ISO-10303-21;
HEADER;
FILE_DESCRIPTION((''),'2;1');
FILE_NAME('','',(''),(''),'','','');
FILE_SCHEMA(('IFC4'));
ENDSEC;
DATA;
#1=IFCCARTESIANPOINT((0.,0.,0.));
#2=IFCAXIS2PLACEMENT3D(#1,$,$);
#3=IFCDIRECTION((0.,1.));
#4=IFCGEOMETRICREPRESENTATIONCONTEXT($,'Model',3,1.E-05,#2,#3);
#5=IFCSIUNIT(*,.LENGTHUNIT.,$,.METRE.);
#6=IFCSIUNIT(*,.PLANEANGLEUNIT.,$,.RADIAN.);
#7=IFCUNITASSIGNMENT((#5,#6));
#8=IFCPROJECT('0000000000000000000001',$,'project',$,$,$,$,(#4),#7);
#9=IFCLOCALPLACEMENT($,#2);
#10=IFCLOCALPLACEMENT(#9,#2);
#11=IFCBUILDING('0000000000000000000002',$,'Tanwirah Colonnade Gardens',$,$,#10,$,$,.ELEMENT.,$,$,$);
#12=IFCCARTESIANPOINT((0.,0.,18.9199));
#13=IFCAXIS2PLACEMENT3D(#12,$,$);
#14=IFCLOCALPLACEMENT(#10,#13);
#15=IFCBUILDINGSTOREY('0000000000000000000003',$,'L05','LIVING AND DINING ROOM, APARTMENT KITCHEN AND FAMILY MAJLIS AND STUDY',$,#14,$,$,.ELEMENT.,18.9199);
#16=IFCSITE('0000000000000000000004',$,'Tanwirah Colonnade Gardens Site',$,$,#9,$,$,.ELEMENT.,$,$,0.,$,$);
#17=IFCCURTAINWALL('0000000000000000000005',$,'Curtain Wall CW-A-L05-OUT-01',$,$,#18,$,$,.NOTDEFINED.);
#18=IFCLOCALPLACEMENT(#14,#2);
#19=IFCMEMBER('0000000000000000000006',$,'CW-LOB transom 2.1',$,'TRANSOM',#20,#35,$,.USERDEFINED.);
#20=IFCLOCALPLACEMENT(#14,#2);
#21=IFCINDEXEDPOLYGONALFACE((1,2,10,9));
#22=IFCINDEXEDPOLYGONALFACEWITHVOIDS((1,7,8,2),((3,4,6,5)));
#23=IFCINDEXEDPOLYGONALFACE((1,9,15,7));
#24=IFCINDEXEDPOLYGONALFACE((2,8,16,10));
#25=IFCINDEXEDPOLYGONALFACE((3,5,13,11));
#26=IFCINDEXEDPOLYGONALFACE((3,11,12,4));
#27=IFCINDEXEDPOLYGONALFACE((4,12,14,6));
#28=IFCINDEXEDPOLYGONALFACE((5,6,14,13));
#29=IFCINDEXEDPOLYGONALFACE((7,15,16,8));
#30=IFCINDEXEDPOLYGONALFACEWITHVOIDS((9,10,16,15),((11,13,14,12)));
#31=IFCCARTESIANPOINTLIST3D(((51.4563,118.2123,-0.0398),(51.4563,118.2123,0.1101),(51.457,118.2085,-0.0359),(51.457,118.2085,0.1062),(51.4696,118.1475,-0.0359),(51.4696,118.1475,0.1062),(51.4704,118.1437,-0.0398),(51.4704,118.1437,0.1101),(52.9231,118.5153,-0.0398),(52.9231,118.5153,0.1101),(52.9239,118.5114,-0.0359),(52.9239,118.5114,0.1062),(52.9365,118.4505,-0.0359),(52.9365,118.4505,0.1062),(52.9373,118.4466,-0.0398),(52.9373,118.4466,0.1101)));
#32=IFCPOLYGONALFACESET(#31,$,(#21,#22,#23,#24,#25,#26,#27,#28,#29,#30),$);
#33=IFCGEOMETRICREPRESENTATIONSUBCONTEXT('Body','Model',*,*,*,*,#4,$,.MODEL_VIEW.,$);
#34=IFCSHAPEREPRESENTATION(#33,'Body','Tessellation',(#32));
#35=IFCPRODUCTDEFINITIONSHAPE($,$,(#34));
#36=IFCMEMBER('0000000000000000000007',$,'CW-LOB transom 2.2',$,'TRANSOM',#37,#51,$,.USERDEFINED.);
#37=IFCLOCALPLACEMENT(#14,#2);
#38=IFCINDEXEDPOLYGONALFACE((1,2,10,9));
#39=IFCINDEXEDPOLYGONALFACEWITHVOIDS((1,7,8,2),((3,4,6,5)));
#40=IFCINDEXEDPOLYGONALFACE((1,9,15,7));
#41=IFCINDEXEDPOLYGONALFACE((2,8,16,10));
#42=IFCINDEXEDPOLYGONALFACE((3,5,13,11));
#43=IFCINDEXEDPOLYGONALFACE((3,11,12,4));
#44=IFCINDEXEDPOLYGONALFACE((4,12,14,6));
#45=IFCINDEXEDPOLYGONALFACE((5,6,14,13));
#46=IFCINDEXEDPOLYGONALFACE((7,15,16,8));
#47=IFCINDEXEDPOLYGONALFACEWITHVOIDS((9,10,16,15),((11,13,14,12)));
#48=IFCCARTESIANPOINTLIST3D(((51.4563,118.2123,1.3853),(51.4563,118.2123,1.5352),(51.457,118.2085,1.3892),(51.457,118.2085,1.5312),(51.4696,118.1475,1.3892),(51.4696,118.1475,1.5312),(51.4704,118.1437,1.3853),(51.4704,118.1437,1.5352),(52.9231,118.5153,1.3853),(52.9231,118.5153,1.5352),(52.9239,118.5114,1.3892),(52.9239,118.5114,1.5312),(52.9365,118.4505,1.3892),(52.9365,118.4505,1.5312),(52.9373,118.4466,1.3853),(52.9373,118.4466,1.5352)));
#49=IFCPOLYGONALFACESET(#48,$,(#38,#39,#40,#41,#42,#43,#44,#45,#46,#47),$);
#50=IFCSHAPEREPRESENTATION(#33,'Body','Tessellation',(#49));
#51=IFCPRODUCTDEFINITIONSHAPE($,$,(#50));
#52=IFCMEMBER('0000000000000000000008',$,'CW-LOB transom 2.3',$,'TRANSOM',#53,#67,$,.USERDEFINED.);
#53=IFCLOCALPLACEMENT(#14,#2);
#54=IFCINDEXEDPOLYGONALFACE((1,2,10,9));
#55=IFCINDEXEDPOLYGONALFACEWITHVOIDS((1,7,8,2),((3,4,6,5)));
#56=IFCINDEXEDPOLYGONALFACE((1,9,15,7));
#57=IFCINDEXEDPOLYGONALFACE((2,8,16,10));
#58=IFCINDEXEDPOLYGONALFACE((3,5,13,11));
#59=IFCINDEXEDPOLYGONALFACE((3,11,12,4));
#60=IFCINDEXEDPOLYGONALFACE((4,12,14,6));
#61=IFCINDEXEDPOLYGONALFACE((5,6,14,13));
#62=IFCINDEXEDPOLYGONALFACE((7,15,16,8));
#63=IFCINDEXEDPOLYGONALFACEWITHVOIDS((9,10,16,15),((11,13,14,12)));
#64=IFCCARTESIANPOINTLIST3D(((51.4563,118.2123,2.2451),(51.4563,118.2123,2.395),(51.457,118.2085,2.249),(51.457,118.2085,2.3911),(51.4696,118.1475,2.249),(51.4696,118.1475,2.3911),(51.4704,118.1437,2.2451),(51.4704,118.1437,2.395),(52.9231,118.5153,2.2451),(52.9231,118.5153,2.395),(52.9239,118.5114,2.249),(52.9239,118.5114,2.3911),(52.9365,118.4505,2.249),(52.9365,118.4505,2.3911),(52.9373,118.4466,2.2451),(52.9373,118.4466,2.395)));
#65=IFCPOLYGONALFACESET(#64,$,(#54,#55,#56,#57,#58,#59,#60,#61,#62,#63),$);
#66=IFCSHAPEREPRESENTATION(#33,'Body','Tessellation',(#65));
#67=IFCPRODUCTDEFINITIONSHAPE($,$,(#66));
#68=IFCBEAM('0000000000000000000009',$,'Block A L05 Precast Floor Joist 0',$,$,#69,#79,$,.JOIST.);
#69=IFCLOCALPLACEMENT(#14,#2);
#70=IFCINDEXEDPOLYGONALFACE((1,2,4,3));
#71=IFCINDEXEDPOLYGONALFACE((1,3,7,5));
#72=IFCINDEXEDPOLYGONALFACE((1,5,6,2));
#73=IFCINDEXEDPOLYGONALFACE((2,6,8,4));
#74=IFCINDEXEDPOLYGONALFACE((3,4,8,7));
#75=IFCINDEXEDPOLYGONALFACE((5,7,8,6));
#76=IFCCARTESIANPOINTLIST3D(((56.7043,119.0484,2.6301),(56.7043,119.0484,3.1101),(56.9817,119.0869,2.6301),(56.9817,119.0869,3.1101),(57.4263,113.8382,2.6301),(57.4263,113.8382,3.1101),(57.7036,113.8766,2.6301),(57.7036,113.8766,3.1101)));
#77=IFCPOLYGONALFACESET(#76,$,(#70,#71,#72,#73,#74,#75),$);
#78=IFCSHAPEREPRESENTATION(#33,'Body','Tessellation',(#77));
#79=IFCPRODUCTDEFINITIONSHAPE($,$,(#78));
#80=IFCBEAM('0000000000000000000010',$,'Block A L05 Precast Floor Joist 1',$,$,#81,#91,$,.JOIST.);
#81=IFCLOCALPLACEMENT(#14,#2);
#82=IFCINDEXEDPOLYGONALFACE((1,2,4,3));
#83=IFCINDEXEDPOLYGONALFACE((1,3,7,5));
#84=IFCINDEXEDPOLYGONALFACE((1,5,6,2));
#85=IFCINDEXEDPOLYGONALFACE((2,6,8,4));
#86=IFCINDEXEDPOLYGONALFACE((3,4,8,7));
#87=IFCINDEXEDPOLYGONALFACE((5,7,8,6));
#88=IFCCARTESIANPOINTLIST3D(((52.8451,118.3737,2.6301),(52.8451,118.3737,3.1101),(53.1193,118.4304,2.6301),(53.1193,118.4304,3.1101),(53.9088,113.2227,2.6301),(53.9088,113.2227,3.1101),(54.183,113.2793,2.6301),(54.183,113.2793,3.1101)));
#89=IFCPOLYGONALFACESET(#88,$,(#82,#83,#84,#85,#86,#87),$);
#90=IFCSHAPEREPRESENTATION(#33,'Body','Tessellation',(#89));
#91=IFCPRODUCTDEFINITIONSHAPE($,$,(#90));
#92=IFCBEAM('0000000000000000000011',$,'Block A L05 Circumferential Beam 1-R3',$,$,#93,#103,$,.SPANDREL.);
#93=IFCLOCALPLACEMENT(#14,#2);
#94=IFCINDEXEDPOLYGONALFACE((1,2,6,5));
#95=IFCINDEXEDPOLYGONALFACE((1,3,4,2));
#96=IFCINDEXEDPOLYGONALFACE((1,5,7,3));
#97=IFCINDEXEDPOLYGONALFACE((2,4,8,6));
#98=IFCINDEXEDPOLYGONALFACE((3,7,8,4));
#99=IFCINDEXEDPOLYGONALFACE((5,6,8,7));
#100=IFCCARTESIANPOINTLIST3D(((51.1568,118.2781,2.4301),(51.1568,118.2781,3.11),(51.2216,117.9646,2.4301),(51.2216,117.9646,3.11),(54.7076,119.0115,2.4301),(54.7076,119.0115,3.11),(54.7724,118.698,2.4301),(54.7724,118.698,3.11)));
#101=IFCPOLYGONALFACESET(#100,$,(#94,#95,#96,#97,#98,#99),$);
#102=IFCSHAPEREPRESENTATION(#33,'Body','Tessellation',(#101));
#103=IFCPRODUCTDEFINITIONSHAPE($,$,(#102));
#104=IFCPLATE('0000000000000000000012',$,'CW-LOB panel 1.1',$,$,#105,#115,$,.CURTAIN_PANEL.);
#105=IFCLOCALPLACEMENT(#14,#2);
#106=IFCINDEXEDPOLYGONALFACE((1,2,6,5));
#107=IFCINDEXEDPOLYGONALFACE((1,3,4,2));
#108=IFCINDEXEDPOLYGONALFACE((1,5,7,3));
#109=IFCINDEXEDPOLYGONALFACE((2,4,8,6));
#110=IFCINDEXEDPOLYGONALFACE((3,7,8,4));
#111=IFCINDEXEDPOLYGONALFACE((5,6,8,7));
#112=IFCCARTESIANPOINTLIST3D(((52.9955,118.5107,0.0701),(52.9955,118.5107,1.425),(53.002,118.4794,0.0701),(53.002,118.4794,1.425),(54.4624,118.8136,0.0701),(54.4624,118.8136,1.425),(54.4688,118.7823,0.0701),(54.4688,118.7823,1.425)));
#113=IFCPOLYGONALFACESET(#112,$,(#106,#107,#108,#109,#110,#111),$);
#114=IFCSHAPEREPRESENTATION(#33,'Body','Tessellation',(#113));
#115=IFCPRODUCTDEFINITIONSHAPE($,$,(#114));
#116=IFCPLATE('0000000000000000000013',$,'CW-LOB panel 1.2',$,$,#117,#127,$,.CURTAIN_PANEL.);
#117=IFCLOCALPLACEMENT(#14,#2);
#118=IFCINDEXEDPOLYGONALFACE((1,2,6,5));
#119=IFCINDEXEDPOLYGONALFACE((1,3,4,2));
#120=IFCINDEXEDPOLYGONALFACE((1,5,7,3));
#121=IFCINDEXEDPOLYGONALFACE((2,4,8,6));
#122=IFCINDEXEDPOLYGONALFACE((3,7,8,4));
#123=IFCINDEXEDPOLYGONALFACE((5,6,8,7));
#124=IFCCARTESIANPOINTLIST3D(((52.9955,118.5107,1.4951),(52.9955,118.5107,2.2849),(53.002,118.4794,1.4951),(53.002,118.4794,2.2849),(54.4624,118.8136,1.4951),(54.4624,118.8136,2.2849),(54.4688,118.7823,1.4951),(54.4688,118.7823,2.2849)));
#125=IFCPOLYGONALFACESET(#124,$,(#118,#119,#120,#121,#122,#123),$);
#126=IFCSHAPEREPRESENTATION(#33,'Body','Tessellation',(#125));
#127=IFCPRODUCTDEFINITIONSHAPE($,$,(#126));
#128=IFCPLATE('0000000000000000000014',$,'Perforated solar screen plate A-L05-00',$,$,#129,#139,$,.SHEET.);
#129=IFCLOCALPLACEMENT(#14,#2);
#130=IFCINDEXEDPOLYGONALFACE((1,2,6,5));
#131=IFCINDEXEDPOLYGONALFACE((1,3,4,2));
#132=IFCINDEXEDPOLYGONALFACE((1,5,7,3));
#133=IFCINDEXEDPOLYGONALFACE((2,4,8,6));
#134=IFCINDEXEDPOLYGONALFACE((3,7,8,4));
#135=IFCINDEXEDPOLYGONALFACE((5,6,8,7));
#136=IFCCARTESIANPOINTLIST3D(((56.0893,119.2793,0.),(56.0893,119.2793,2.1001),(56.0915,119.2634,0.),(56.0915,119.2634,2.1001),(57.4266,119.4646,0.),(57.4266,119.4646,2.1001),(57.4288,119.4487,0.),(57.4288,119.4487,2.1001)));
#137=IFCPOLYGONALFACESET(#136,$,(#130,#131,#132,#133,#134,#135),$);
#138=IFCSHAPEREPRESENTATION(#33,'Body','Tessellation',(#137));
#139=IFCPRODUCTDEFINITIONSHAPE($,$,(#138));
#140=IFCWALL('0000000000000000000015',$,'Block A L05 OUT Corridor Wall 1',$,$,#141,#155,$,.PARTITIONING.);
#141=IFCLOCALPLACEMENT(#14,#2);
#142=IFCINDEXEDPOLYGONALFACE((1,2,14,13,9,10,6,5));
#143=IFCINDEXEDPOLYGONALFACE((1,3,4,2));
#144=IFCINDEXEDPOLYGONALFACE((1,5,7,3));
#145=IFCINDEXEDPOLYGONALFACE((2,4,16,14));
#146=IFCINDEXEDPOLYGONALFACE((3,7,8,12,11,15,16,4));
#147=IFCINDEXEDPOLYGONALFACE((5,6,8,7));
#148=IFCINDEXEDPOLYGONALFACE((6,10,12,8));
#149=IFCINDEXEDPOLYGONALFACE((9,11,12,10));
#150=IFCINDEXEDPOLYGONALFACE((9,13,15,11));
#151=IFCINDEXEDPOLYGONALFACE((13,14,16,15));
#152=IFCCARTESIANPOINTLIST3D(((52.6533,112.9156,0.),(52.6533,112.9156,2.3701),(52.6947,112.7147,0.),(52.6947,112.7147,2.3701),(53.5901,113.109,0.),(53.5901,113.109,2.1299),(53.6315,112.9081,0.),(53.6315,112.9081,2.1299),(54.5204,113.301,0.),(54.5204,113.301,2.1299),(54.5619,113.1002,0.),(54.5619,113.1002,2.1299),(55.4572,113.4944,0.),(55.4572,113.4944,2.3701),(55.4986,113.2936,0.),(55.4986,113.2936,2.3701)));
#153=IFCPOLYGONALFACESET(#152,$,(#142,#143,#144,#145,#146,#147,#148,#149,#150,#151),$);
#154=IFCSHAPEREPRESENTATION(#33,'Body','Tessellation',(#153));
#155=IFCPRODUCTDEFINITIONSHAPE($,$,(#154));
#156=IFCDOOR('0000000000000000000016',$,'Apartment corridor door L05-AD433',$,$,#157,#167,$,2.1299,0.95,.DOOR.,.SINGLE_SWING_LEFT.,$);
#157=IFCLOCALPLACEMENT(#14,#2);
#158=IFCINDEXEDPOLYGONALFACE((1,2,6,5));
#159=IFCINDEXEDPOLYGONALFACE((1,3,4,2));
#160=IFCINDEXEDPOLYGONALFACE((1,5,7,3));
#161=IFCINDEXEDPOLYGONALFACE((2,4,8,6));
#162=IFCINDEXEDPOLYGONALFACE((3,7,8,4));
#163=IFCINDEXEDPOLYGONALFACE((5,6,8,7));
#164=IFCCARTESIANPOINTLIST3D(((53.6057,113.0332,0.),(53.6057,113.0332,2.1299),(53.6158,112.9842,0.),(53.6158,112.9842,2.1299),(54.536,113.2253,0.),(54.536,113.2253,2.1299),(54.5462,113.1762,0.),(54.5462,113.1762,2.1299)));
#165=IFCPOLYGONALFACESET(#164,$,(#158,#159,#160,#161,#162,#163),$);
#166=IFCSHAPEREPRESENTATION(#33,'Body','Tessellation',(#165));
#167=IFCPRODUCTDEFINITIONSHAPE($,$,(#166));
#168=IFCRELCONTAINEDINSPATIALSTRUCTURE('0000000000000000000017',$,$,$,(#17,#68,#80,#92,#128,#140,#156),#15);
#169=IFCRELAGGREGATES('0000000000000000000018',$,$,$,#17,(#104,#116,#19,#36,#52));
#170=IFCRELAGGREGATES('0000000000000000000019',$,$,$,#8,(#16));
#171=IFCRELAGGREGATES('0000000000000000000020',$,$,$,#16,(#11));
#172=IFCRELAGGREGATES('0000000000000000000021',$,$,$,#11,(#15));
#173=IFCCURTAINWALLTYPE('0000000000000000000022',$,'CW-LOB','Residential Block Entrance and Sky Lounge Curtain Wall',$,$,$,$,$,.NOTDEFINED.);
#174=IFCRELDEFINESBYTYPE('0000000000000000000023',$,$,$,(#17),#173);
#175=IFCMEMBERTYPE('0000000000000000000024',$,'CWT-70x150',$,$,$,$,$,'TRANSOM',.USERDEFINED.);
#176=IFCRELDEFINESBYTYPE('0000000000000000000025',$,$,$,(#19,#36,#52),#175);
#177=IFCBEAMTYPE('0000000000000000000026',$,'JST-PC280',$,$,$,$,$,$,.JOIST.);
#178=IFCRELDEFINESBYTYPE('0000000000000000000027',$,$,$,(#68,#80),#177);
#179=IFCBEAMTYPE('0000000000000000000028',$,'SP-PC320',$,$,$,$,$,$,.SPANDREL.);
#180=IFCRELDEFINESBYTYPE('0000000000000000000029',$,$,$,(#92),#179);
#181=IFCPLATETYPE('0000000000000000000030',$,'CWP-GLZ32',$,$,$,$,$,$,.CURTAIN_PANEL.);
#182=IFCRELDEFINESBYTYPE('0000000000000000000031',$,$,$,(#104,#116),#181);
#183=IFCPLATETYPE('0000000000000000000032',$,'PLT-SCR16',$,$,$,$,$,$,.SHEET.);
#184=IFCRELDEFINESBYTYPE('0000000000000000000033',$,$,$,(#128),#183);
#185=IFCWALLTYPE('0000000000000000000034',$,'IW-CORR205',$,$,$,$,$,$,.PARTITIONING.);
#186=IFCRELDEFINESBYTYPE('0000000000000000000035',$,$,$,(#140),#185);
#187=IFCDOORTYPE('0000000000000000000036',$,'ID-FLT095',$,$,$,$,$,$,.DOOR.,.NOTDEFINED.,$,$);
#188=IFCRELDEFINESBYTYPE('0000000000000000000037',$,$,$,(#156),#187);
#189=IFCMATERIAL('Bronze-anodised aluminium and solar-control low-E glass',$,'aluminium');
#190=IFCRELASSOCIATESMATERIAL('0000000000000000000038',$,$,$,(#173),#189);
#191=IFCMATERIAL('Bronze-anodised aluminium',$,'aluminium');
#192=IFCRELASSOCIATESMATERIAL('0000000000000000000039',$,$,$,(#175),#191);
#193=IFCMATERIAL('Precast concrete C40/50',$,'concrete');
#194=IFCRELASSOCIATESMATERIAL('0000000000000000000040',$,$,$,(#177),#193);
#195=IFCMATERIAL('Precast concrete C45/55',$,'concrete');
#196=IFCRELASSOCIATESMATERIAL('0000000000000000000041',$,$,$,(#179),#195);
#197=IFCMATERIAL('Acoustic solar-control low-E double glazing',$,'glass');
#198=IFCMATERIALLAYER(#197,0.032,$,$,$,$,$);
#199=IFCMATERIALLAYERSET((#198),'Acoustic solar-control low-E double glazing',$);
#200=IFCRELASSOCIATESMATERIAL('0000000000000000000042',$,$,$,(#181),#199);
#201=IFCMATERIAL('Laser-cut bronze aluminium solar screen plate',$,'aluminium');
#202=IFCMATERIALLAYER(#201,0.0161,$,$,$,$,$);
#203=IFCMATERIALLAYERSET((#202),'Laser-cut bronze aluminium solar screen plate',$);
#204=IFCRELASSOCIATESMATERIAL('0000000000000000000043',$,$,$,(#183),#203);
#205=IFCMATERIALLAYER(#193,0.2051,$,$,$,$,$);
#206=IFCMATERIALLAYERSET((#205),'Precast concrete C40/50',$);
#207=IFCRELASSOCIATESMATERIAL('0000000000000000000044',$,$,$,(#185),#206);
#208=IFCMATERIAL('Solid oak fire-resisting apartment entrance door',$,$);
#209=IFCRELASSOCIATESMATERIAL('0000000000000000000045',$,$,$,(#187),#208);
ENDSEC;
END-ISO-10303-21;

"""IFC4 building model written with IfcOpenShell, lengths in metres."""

from ifc_helpers import new_model, si_unit, direction, frame, frame_2d, origin, origin_2d, place, context, subcontext, project, spatial, rectangle, hollow_rectangle, extrude, material, layer, layer_set, material_profile, profile_set, type_object, element, fill, aggregate, save


model = new_model("IFC4")

# Units and contexts
model_context = context("Model", 3, precision=1e-05, world=origin(), true_north=direction((0.0, 1.0)))
body_context = subcontext(model_context, "Body", "Model", "MODEL_VIEW")
ifc_project = project(units=[si_unit("LENGTHUNIT", "METRE"), si_unit("PLANEANGLEUNIT", "RADIAN")], contexts=[model_context])

# Site, building, storey
site_placement = place(None, origin())
site = spatial("IfcSite", under=ifc_project, at=site_placement, Name="Tanwirah Colonnade Gardens Site", CompositionType="ELEMENT", RefElevation=0.0)
building_placement = place(site_placement, origin())
building = spatial("IfcBuilding", under=site, at=building_placement, Name="Tanwirah Colonnade Gardens", CompositionType="ELEMENT")
storey_placement = place(building_placement, frame((0.0, 0.0, 18.9199)))
storey = spatial("IfcBuildingStorey", under=building, at=storey_placement, Name="L05", Description="LIVING AND DINING ROOM, APARTMENT KITCHEN AND FAMILY MAJLIS AND STUDY", CompositionType="ELEMENT", Elevation=18.9199)

# Shared definitions
ifc_material_1 = material(Name="Precast concrete C45/55", Category="concrete")
ifc_material_2 = material(Name="Precast concrete C40/50", Category="concrete")

# Curtain wall, members
ifc_material_3 = material(Name="Bronze-anodised aluminium and solar-control low-E glass", Category="aluminium")
curtain_wall_type = type_object("IfcCurtainWallType", Name="CW-LOB", Description="Residential Block Entrance and Sky Lounge Curtain Wall", PredefinedType="NOTDEFINED", material=ifc_material_3)
curtain_wall_placement = place(storey_placement, origin())
curtain_wall = element("IfcCurtainWall", 1, at=curtain_wall_placement, inside=storey, type_object=curtain_wall_type, Name="Curtain Wall CW-A-L05-OUT-01", PredefinedType="NOTDEFINED")
ifc_material_4 = material(Name="Bronze-anodised aluminium", Category="aluminium")
ifc_material_profile_1 = material_profile(ifc_material_4, hollow_rectangle(XDim=0.0701, YDim=0.1499, WallThickness=0.0039, at=origin_2d()), Name="CW-TRN 70x150x4")
ifc_profile_set_1 = profile_set([ifc_material_profile_1], Name="Bronze-anodised aluminium")
member_type_1 = type_object("IfcMemberType", Name="CWT-70x150", ElementType="TRANSOM", PredefinedType="USERDEFINED", material=ifc_profile_set_1)
member_1_placement = place(storey_placement, frame((52.9302, 118.481, 0.0352), z_axis=(-0.979326, -0.202288, 0.0), x_axis=(0.202288, -0.979326, 0.0)))
member_1 = element("IfcMember", 2, at=member_1_placement, type_object=member_type_1, Name="CW-LOB transom 2.1", ObjectType="TRANSOM", PredefinedType="USERDEFINED", context=body_context, shape_type="SweptSolid", body=[
    extrude(hollow_rectangle(XDim=0.0701, YDim=0.1499, WallThickness=0.0039, at=origin_2d()), origin(), (0.0, 0.0, 1.0), 1.4978),
])
member_2_placement = place(storey_placement, frame((52.9302, 118.481, 1.4602), z_axis=(-0.979326, -0.202288, 0.0), x_axis=(0.202288, -0.979326, 0.0)))
member_2 = element("IfcMember", 3, at=member_2_placement, type_object=member_type_1, Name="CW-LOB transom 2.2", ObjectType="TRANSOM", PredefinedType="USERDEFINED", context=body_context, shape_type="SweptSolid", body=[
    extrude(hollow_rectangle(XDim=0.0701, YDim=0.1499, WallThickness=0.0039, at=origin_2d()), origin(), (0.0, 0.0, 1.0), 1.4978),
])
member_3_placement = place(storey_placement, frame((52.9302, 118.481, 2.3201), z_axis=(-0.979326, -0.202288, 0.0), x_axis=(0.202288, -0.979326, 0.0)))
member_3 = element("IfcMember", 4, at=member_3_placement, type_object=member_type_1, Name="CW-LOB transom 2.3", ObjectType="TRANSOM", PredefinedType="USERDEFINED", context=body_context, shape_type="SweptSolid", body=[
    extrude(hollow_rectangle(XDim=0.0701, YDim=0.1499, WallThickness=0.0039, at=origin_2d()), origin(), (0.0, 0.0, 1.0), 1.4978),
])

# Beams
ifc_material_profile_2 = material_profile(ifc_material_2, rectangle(XDim=0.28, YDim=0.48, at=origin_2d()), Name="PC-JST 280x480")
ifc_profile_set_2 = profile_set([ifc_material_profile_2], Name="Precast concrete C40/50")
beam_type_1 = type_object("IfcBeamType", Name="JST-PC280", PredefinedType="JOIST", material=ifc_profile_set_2)
beam_1_placement = place(storey_placement, frame((57.5649, 113.8574, 2.8701), z_axis=(-0.137248, 0.990537, 0.0), x_axis=(-0.990537, -0.137248, 0.0)))
element("IfcBeam", 5, at=beam_1_placement, inside=storey, type_object=beam_type_1, Name="Block A L05 Precast Floor Joist 0", PredefinedType="JOIST", context=body_context, shape_type="SweptSolid", body=[
    extrude(rectangle(XDim=0.28, YDim=0.48, at=origin_2d()), origin(), (0.0, 0.0, 1.0), 5.26),
])
beam_2_placement = place(storey_placement, frame((54.0459, 113.251, 2.8701), z_axis=(-0.202236, 0.979337, 0.0), x_axis=(-0.979337, -0.202236, 0.0)))
element("IfcBeam", 6, at=beam_2_placement, inside=storey, type_object=beam_type_1, Name="Block A L05 Precast Floor Joist 1", PredefinedType="JOIST", context=body_context, shape_type="SweptSolid", body=[
    extrude(rectangle(XDim=0.28, YDim=0.48, at=origin_2d()), origin(), (0.0, 0.0, 1.0), 5.2598),
])
ifc_material_profile_3 = material_profile(ifc_material_1, rectangle(XDim=0.3201, YDim=0.6799, at=origin_2d()), Name="PC-SP 320x680")
ifc_profile_set_3 = profile_set([ifc_material_profile_3], Name="Precast concrete C45/55")
beam_type_2 = type_object("IfcBeamType", Name="SP-PC320", PredefinedType="SPANDREL", material=ifc_profile_set_3)
beam_3_placement = place(storey_placement, frame((54.74, 118.8547, 2.77), z_axis=(-0.979329, -0.202276, 0.0), x_axis=(0.202276, -0.979329, 0.0)))
element("IfcBeam", 7, at=beam_3_placement, inside=storey, type_object=beam_type_2, Name="Block A L05 Circumferential Beam 1-R3", PredefinedType="SPANDREL", context=body_context, shape_type="SweptSolid", body=[
    extrude(rectangle(XDim=0.3201, YDim=0.6799, at=origin_2d()), origin(), (0.0, 0.0, 1.0), 3.6257),
])

# Plates
ifc_material_5 = material(Name="Acoustic solar-control low-E double glazing", Category="glass")
ifc_layer_1 = layer(ifc_material_5, 0.032)
ifc_layer_set_1 = layer_set([ifc_layer_1], Name="Acoustic solar-control low-E double glazing")
plate_type_1 = type_object("IfcPlateType", Name="CWP-GLZ32", PredefinedType="CURTAIN_PANEL", material=ifc_layer_set_1)
plate_1_placement = place(storey_placement, frame((53.7322, 118.6465, 0.0701), z_axis=(0.0, 0.0, 1.0), x_axis=(-0.979341, -0.202218, 0.0)))
plate_1 = element("IfcPlate", 8, at=plate_1_placement, type_object=plate_type_1, Name="CW-LOB panel 1.1", PredefinedType="CURTAIN_PANEL", context=body_context, shape_type="SweptSolid", body=[
    extrude(rectangle(XDim=1.4978, YDim=0.032, at=origin_2d()), origin(), (0.0, 0.0, 1.0), 1.355),
])
plate_2_placement = place(storey_placement, frame((53.7322, 118.6465, 1.4951), z_axis=(0.0, 0.0, 1.0), x_axis=(-0.979341, -0.202218, 0.0)))
plate_2 = element("IfcPlate", 9, at=plate_2_placement, type_object=plate_type_1, Name="CW-LOB panel 1.2", PredefinedType="CURTAIN_PANEL", context=body_context, shape_type="SweptSolid", body=[
    extrude(rectangle(XDim=1.4978, YDim=0.032, at=origin_2d()), origin(), (0.0, 0.0, 1.0), 0.7898),
])
aggregate(curtain_wall, [plate_1, plate_2, member_1, member_2, member_3])
ifc_material_6 = material(Name="Laser-cut bronze aluminium solar screen plate", Category="aluminium")
ifc_layer_2 = layer(ifc_material_6, 0.0161)
ifc_layer_set_2 = layer_set([ifc_layer_2], Name="Laser-cut bronze aluminium solar screen plate")
plate_type_2 = type_object("IfcPlateType", Name="PLT-SCR16", PredefinedType="SHEET", material=ifc_layer_set_2)
plate_3_placement = place(storey_placement, frame((56.759, 119.364, 0.0), z_axis=(0.0, 0.0, 1.0), x_axis=(-0.990536, -0.137251, 0.0)))
element("IfcPlate", 10, at=plate_3_placement, inside=storey, type_object=plate_type_2, Name="Perforated solar screen plate A-L05-00", PredefinedType="SHEET", context=body_context, shape_type="SweptSolid", body=[
    extrude(rectangle(XDim=1.3501, YDim=0.0161, at=origin_2d()), origin(), (0.0, 0.0, 1.0), 2.1001),
])

# Wall, opening, door
ifc_layer_3 = layer(ifc_material_2, 0.2051)
ifc_layer_set_3 = layer_set([ifc_layer_3], Name="Precast concrete C40/50")
wall_type_1 = type_object("IfcWallType", Name="IW-CORR205", PredefinedType="PARTITIONING", material=ifc_layer_set_3)
wall_1_placement = place(storey_placement, frame((55.478, 113.394, 0.0), z_axis=(0.0, 0.0, 1.0), x_axis=(-0.979348, -0.20218, 0.0)))
wall_1 = element("IfcWall", 11, at=wall_1_placement, inside=storey, type_object=wall_type_1, Name="Block A L05 OUT Corridor Wall 1", PredefinedType="PARTITIONING", context=body_context, shape_type="SweptSolid", body=[
    extrude(rectangle(XDim=2.863, YDim=0.2051, at=frame_2d((1.4316, 0.0))), origin(), (0.0, 0.0, 1.0), 2.3701),
])
opening_placement = place(wall_1_placement, frame((0.9565, 0.0, 0.0)))
opening = element("IfcOpeningElement", 12, at=opening_placement, cuts=wall_1, PredefinedType="OPENING", context=body_context, shape_type="SweptSolid", body=[
    extrude(rectangle(XDim=0.95, YDim=2.1299, at=frame_2d((0.4751, 1.0649))), frame((0.0, 0.1125, 0.0), z_axis=(0.0, -1.0, 0.0), x_axis=(1.0, 0.0, 0.0)), (0.0, 0.0, 1.0), 0.2251),
])
ifc_material_7 = material(Name="Solid oak fire-resisting apartment entrance door")
door_type = type_object("IfcDoorType", Name="ID-FLT095", OperationType="NOTDEFINED", PredefinedType="DOOR", material=ifc_material_7)
door_placement = place(opening_placement, origin())
door = element("IfcDoor", 13, at=door_placement, inside=storey, type_object=door_type, Name="Apartment corridor door L05-AD433", OperationType="SINGLE_SWING_LEFT", OverallHeight=2.1299, OverallWidth=0.95, PredefinedType="DOOR", context=body_context, shape_type="SweptSolid", body=[
    extrude(rectangle(XDim=0.95, YDim=2.1299, at=frame_2d((0.4751, 1.0649))), frame((0.0, 0.0249, 0.0), z_axis=(0.0, -1.0, 0.0), x_axis=(1.0, 0.0, 0.0)), (0.0, 0.0, 1.0), 0.05),
])
fill(opening, door)

save(model, "model.ifc")
